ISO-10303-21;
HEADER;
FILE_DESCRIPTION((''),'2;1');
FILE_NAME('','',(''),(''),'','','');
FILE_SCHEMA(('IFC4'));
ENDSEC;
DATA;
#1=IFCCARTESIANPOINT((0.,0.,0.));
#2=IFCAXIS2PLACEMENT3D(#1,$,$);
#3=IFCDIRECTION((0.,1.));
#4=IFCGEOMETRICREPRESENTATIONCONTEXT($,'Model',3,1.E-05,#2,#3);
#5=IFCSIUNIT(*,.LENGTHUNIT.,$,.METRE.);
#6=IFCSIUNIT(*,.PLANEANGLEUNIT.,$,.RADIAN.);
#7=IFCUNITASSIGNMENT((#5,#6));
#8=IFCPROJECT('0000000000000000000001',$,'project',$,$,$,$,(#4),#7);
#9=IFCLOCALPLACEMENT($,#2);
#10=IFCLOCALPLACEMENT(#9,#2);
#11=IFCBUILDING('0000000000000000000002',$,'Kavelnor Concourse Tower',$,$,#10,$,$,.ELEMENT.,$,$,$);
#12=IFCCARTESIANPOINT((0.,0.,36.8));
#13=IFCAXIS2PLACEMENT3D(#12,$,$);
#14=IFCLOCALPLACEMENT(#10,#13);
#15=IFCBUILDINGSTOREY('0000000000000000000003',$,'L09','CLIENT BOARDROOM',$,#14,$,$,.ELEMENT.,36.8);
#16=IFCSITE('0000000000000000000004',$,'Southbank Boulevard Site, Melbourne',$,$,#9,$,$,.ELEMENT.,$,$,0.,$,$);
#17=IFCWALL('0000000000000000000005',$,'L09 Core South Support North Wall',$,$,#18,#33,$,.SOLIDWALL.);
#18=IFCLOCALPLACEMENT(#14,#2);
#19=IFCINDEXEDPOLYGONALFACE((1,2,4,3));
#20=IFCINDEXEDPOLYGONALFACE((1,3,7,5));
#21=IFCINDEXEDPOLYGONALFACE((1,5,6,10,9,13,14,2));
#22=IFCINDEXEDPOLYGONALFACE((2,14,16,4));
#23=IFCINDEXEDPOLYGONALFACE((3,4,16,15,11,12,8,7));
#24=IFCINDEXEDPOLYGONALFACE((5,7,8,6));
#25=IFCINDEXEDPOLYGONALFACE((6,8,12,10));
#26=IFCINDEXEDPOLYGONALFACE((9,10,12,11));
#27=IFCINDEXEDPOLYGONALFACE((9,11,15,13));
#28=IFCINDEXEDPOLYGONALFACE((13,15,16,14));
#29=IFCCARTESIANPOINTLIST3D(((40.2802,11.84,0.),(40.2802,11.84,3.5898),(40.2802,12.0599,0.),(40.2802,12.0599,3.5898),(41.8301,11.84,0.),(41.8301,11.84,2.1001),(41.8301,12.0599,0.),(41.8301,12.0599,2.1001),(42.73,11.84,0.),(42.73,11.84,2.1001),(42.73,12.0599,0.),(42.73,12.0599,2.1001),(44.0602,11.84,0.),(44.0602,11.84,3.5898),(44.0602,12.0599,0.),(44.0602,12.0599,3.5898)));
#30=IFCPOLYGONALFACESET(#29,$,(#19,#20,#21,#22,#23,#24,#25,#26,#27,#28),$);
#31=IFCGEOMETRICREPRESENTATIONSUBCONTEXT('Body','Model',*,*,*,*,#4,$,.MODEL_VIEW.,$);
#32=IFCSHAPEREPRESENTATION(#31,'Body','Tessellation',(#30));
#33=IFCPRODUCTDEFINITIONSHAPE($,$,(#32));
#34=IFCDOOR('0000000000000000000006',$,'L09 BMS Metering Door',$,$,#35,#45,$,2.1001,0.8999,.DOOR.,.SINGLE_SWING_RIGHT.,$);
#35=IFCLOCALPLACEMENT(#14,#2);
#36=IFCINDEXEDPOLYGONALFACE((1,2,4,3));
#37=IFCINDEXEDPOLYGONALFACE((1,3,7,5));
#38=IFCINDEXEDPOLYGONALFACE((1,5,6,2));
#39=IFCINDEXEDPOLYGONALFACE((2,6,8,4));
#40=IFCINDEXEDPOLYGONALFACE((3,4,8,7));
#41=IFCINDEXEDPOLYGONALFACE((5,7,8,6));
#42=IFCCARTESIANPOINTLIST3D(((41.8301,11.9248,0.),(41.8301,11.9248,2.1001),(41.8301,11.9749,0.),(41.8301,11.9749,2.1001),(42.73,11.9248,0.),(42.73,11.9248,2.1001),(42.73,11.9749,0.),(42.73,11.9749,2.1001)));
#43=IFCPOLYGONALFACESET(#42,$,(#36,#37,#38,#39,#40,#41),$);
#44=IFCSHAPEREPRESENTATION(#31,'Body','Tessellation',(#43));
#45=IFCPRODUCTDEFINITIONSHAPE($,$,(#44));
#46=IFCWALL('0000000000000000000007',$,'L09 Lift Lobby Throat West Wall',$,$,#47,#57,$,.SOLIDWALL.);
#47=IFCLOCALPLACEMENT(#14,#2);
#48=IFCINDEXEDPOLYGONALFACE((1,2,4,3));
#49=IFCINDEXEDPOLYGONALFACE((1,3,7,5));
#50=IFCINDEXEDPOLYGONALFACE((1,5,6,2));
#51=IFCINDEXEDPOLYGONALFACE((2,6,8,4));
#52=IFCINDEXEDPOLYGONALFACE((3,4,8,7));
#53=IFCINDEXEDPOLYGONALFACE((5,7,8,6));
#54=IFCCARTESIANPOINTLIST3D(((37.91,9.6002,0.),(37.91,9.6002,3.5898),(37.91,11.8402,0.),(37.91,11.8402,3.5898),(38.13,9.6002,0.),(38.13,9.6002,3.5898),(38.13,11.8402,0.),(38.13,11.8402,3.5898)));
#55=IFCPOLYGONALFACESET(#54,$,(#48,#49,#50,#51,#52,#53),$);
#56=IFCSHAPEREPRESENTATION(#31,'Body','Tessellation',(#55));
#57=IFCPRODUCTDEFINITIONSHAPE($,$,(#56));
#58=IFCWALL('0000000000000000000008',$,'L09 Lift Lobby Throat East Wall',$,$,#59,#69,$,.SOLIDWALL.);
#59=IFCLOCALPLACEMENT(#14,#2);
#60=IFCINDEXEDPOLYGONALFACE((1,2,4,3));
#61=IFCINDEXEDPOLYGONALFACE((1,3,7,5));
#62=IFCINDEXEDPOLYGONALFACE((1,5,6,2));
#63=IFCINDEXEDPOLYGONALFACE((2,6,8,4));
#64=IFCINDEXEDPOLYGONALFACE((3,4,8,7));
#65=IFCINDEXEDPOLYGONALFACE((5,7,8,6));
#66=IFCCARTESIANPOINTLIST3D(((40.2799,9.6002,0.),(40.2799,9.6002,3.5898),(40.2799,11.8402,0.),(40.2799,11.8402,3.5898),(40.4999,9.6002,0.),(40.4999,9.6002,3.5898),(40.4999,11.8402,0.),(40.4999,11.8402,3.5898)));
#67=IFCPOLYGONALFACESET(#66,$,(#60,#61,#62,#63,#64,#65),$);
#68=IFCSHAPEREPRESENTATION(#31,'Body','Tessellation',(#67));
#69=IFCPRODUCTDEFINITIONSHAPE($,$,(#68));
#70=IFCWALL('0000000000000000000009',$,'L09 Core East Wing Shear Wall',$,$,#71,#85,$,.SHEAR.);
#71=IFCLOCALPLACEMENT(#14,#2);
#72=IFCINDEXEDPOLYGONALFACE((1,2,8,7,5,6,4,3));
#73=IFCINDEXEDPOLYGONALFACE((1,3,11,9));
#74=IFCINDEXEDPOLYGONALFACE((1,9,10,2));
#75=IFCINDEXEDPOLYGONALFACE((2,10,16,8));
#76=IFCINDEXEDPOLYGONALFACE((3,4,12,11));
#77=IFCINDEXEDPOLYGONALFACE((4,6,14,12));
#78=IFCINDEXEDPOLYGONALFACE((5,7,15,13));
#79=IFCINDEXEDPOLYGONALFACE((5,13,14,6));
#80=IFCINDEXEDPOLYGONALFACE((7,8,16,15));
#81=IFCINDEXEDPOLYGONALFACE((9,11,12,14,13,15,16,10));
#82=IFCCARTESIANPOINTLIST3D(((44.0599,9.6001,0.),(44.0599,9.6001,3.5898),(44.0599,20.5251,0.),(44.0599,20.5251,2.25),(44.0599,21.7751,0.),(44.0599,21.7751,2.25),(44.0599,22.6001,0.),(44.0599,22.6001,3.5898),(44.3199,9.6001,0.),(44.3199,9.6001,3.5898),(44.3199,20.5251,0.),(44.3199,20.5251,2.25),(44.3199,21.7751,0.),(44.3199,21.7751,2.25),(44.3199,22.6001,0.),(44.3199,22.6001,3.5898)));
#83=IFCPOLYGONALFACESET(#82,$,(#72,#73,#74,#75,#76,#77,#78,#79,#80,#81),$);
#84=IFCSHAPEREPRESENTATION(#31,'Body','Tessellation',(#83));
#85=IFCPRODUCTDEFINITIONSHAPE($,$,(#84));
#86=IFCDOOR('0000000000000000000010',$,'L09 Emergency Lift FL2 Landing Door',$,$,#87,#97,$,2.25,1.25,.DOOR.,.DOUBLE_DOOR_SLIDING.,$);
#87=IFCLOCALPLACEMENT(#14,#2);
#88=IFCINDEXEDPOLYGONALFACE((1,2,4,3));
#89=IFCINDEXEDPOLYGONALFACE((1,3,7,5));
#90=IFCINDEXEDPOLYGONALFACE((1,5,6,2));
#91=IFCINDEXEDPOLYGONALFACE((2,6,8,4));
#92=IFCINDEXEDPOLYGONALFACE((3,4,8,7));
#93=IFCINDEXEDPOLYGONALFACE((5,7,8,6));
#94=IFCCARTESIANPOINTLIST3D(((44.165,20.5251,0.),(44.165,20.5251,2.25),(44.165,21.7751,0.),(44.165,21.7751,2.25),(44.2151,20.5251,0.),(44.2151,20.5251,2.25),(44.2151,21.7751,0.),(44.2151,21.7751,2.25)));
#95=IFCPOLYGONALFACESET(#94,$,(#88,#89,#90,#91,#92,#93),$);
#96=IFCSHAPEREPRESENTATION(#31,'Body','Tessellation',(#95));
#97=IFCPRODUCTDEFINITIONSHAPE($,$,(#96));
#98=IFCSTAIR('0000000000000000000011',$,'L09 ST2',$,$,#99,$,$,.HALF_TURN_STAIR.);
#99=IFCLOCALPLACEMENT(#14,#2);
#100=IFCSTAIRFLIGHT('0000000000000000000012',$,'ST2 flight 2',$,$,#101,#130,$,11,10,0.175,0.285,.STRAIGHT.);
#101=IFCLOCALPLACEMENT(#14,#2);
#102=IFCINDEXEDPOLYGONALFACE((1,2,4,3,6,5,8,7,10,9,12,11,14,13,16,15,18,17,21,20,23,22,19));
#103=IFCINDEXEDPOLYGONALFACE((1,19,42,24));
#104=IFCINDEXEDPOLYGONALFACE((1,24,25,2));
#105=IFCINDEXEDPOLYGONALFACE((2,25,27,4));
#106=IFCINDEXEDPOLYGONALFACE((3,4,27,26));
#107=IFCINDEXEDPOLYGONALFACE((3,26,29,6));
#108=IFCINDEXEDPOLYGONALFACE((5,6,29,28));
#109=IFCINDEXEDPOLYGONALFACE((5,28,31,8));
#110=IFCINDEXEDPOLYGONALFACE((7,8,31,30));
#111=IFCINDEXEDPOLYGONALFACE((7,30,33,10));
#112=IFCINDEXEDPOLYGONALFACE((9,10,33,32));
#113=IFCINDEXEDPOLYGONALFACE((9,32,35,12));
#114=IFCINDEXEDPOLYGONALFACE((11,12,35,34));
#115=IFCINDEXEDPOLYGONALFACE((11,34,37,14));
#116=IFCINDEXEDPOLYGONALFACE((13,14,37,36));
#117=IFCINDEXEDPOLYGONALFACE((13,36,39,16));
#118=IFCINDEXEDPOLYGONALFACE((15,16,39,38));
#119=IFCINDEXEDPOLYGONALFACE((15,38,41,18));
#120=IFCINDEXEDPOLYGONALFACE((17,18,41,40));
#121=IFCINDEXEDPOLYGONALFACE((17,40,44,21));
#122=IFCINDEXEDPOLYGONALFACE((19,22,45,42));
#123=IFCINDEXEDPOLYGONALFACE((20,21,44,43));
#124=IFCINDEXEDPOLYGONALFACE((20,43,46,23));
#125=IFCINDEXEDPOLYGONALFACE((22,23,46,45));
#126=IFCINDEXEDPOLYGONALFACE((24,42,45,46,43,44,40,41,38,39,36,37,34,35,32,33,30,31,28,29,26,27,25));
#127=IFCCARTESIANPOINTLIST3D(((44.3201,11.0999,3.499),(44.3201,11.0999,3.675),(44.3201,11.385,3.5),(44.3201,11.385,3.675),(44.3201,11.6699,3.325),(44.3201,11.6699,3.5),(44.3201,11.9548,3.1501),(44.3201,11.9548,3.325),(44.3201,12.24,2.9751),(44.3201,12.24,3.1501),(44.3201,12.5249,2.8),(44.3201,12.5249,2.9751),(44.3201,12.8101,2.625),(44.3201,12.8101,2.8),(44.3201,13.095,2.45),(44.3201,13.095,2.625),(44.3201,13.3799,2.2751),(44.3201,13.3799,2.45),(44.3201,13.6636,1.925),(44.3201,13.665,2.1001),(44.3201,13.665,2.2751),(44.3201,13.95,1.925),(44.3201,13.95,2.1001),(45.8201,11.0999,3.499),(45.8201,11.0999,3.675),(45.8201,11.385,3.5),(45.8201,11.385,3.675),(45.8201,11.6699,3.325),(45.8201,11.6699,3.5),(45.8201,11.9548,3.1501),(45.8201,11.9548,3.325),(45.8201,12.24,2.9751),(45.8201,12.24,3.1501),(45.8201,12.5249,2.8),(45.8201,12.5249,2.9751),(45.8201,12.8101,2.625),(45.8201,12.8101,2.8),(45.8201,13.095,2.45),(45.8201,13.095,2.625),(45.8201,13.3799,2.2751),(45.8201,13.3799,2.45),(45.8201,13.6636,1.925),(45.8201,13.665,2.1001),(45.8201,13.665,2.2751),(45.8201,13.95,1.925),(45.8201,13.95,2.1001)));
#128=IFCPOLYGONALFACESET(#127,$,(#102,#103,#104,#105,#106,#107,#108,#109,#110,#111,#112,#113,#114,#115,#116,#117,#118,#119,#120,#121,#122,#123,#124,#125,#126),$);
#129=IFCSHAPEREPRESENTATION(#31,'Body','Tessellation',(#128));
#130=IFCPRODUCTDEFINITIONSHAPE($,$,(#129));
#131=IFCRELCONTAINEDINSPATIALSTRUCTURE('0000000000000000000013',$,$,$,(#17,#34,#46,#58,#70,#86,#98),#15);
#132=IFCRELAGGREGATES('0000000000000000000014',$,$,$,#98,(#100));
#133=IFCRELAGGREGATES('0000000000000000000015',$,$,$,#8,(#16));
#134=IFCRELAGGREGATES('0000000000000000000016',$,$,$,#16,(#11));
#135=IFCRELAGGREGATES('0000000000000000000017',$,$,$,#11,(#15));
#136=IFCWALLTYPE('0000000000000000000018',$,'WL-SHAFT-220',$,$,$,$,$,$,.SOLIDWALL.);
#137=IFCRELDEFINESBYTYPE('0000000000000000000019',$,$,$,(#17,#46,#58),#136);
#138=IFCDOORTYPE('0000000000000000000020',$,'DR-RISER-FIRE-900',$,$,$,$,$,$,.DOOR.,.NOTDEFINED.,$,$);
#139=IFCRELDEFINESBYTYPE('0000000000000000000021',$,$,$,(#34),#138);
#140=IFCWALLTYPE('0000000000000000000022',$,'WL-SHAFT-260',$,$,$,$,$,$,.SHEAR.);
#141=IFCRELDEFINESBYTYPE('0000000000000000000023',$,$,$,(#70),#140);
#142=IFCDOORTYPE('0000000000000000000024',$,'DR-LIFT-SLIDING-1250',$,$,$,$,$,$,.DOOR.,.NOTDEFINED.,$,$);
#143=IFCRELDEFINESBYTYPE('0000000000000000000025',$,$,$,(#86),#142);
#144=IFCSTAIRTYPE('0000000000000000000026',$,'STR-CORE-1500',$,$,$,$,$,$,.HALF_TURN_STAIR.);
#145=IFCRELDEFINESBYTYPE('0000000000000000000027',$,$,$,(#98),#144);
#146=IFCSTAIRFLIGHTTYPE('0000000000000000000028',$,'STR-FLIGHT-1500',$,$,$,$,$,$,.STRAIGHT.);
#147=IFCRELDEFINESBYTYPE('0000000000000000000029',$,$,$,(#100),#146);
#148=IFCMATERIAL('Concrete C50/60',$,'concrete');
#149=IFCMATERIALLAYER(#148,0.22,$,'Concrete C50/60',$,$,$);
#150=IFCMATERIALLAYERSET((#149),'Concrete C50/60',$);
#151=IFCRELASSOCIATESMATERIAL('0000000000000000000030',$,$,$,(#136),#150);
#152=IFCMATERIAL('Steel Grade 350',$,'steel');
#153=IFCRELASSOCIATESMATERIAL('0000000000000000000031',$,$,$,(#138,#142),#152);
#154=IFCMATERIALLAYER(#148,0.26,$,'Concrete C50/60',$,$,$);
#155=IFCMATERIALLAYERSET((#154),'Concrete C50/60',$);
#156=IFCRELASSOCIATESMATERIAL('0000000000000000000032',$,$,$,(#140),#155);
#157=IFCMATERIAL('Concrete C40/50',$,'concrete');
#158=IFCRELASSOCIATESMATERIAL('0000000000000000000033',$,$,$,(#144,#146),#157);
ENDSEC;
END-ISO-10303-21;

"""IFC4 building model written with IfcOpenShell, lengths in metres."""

from ifc_helpers import new_model, si_unit, direction, frame, frame_2d, origin, place, context, subcontext, project, spatial, polyline, rectangle, outline, extrude, material, layer, layer_set, type_object, element, fill, aggregate, save


model = new_model("IFC4")

# Units and contexts
model_context = context("Model", 3, precision=1e-05, world=origin(), true_north=direction((0.0, 1.0)))
body_context = subcontext(model_context, "Body", "Model", "MODEL_VIEW")
ifc_project = project(units=[si_unit("LENGTHUNIT", "METRE"), si_unit("PLANEANGLEUNIT", "RADIAN")], contexts=[model_context])

# Site, building, storey
site_placement = place(None, origin())
site = spatial("IfcSite", under=ifc_project, at=site_placement, Name="Southbank Boulevard Site, Melbourne", CompositionType="ELEMENT", RefElevation=0.0)
building_placement = place(site_placement, origin())
building = spatial("IfcBuilding", under=site, at=building_placement, Name="Kavelnor Concourse Tower", CompositionType="ELEMENT")
storey_placement = place(building_placement, frame((0.0, 0.0, 36.8)))
storey = spatial("IfcBuildingStorey", under=building, at=storey_placement, Name="L09", Description="CLIENT BOARDROOM", CompositionType="ELEMENT", Elevation=36.8)

# Shared definitions
ifc_material_1 = material(Name="Steel Grade 350", Category="steel")

# Shared definitions
ifc_material_2 = material(Name="Concrete C50/60", Category="concrete")
ifc_layer_1 = layer(ifc_material_2, 0.22, Name="Concrete C50/60")
ifc_layer_set_1 = layer_set([ifc_layer_1], Name="Concrete C50/60")
wall_type_1 = type_object("IfcWallType", Name="WL-SHAFT-220", PredefinedType="SOLIDWALL", material=ifc_layer_set_1)

# Wall, opening, door
wall_1_placement = place(storey_placement, frame((40.28, 11.95, 0.0), z_axis=(0.0, 0.0, 1.0), x_axis=(1.0, 0.0, 0.0)))
wall_1 = element("IfcWall", 1, at=wall_1_placement, inside=storey, type_object=wall_type_1, Name="L09 Core South Support North Wall", PredefinedType="SOLIDWALL", context=body_context, shape_type="SweptSolid", body=[
    extrude(rectangle(XDim=3.78, YDim=0.22, at=frame_2d((1.8901, 0.0))), origin(), (0.0, 0.0, 1.0), 3.5898),
])
opening_1_placement = place(wall_1_placement, frame((1.55, 0.0, 0.0)))
opening_1 = element("IfcOpeningElement", 2, at=opening_1_placement, cuts=wall_1, PredefinedType="OPENING", context=body_context, shape_type="SweptSolid", body=[
    extrude(rectangle(XDim=0.8999, YDim=2.1001, at=frame_2d((0.45, 1.05))), frame((0.0, 0.1201, 0.0), z_axis=(0.0, -1.0, 0.0), x_axis=(1.0, 0.0, 0.0)), (0.0, 0.0, 1.0), 0.24),
])
door_type_1 = type_object("IfcDoorType", Name="DR-RISER-FIRE-900", OperationType="NOTDEFINED", PredefinedType="DOOR", material=ifc_material_1)
door_1_placement = place(opening_1_placement, origin())
door_1 = element("IfcDoor", 3, at=door_1_placement, inside=storey, type_object=door_type_1, Name="L09 BMS Metering Door", OperationType="SINGLE_SWING_RIGHT", OverallHeight=2.1001, OverallWidth=0.8999, PredefinedType="DOOR", context=body_context, shape_type="SweptSolid", body=[
    extrude(rectangle(XDim=0.8999, YDim=2.1001, at=frame_2d((0.45, 1.05))), frame((0.0, 0.0249, 0.0), z_axis=(0.0, -1.0, 0.0), x_axis=(1.0, 0.0, 0.0)), (0.0, 0.0, 1.0), 0.05),
])
fill(opening_1, door_1)

# Walls
for number, where, z_axis, x_axis, name in (
    (4, (38.02, 9.6001, 0.0), (0.0, 0.0, 1.0), (0.0, 1.0, 0.0), "L09 Lift Lobby Throat West Wall"),
    (5, (40.3899, 9.6001, 0.0), (0.0, 0.0, 1.0), (0.0, 1.0, 0.0), "L09 Lift Lobby Throat East Wall"),
):
    element("IfcWall", number, at=place(storey_placement, frame(where, z_axis=z_axis, x_axis=x_axis)), inside=storey, type_object=wall_type_1, Name=name, PredefinedType="SOLIDWALL", context=body_context, shape_type="SweptSolid", body=[
        extrude(rectangle(XDim=2.24, YDim=0.22, at=frame_2d((1.1201, 0.0))), origin(), (0.0, 0.0, 1.0), 3.5898),
    ])

# Wall, opening, door
ifc_layer_2 = layer(ifc_material_2, 0.26, Name="Concrete C50/60")
ifc_layer_set_2 = layer_set([ifc_layer_2], Name="Concrete C50/60")
wall_type_2 = type_object("IfcWallType", Name="WL-SHAFT-260", PredefinedType="SHEAR", material=ifc_layer_set_2)
wall_2_placement = place(storey_placement, frame((44.1899, 9.6001, 0.0), z_axis=(0.0, 0.0, 1.0), x_axis=(0.0, 1.0, 0.0)))
wall_2 = element("IfcWall", 6, at=wall_2_placement, inside=storey, type_object=wall_type_2, Name="L09 Core East Wing Shear Wall", PredefinedType="SHEAR", context=body_context, shape_type="SweptSolid", body=[
    extrude(rectangle(XDim=13.0, YDim=0.26, at=frame_2d((6.5, 0.0))), origin(), (0.0, 0.0, 1.0), 3.5898),
])
opening_2_placement = place(wall_2_placement, frame((10.925, 0.0, 0.0)))
opening_2 = element("IfcOpeningElement", 7, at=opening_2_placement, cuts=wall_2, PredefinedType="OPENING", context=body_context, shape_type="SweptSolid", body=[
    extrude(rectangle(XDim=1.25, YDim=2.25, at=frame_2d((0.625, 1.125))), frame((0.0, 0.1401, 0.0), z_axis=(0.0, -1.0, 0.0), x_axis=(1.0, 0.0, 0.0)), (0.0, 0.0, 1.0), 0.28),
])
door_type_2 = type_object("IfcDoorType", Name="DR-LIFT-SLIDING-1250", OperationType="NOTDEFINED", PredefinedType="DOOR", material=ifc_material_1)
door_2_placement = place(opening_2_placement, origin())
door_2 = element("IfcDoor", 8, at=door_2_placement, inside=storey, type_object=door_type_2, Name="L09 Emergency Lift FL2 Landing Door", OperationType="DOUBLE_DOOR_SLIDING", OverallHeight=2.25, OverallWidth=1.25, PredefinedType="DOOR", context=body_context, shape_type="SweptSolid", body=[
    extrude(rectangle(XDim=1.25, YDim=2.25, at=frame_2d((0.625, 1.125))), frame((0.0, 0.0249, 0.0), z_axis=(0.0, -1.0, 0.0), x_axis=(1.0, 0.0, 0.0)), (0.0, 0.0, 1.0), 0.05),
])
fill(opening_2, door_2)

# Stair, stair flight
ifc_material_3 = material(Name="Concrete C40/50", Category="concrete")
stair_type = type_object("IfcStairType", Name="STR-CORE-1500", PredefinedType="HALF_TURN_STAIR", material=ifc_material_3)
stair_placement = place(storey_placement, origin())
stair = element("IfcStair", 9, at=stair_placement, inside=storey, type_object=stair_type, Name="L09 ST2", PredefinedType="HALF_TURN_STAIR")
stair_flight_type = type_object("IfcStairFlightType", Name="STR-FLIGHT-1500", PredefinedType="STRAIGHT", material=ifc_material_3)
stair_flight_placement = place(storey_placement, frame((45.0701, 13.95, 1.925), z_axis=(0.0, 0.0, 1.0), x_axis=(0.0, -1.0, 0.0)))
stair_flight = element("IfcStairFlight", 10, at=stair_flight_placement, type_object=stair_flight_type, Name="ST2 flight 2", NumberOfRisers=11, NumberOfTreads=10, PredefinedType="STRAIGHT", RiserHeight=0.175, TreadLength=0.285, context=body_context, shape_type="SweptSolid", body=[
    extrude(outline(polyline([(0.0, 0.0), (0.0, 0.175), (0.2849, 0.175), (0.2849, 0.3501), (0.5701, 0.3501), (0.5701, 0.5249), (0.855, 0.5249), (0.855, 0.7), (1.1399, 0.7), (1.1399, 0.875), (1.425, 0.875), (1.425, 1.05), (1.71, 1.05), (1.71, 1.2251), (1.9951, 1.2251), (1.9951, 1.3999), (2.28, 1.3999), (2.28, 1.575), (2.5649, 1.575), (2.5649, 1.75), (2.8501, 1.75), (2.8501, 1.925), (2.8501, 1.574), (0.2864, 0.0), (0.0, 0.0)])), frame((0.0, 0.75, 0.0), z_axis=(0.0, -1.0, 0.0), x_axis=(1.0, 0.0, 0.0)), (0.0, 0.0, 1.0), 1.5),
])
aggregate(stair, [stair_flight])

save(model, "model.ifc")
